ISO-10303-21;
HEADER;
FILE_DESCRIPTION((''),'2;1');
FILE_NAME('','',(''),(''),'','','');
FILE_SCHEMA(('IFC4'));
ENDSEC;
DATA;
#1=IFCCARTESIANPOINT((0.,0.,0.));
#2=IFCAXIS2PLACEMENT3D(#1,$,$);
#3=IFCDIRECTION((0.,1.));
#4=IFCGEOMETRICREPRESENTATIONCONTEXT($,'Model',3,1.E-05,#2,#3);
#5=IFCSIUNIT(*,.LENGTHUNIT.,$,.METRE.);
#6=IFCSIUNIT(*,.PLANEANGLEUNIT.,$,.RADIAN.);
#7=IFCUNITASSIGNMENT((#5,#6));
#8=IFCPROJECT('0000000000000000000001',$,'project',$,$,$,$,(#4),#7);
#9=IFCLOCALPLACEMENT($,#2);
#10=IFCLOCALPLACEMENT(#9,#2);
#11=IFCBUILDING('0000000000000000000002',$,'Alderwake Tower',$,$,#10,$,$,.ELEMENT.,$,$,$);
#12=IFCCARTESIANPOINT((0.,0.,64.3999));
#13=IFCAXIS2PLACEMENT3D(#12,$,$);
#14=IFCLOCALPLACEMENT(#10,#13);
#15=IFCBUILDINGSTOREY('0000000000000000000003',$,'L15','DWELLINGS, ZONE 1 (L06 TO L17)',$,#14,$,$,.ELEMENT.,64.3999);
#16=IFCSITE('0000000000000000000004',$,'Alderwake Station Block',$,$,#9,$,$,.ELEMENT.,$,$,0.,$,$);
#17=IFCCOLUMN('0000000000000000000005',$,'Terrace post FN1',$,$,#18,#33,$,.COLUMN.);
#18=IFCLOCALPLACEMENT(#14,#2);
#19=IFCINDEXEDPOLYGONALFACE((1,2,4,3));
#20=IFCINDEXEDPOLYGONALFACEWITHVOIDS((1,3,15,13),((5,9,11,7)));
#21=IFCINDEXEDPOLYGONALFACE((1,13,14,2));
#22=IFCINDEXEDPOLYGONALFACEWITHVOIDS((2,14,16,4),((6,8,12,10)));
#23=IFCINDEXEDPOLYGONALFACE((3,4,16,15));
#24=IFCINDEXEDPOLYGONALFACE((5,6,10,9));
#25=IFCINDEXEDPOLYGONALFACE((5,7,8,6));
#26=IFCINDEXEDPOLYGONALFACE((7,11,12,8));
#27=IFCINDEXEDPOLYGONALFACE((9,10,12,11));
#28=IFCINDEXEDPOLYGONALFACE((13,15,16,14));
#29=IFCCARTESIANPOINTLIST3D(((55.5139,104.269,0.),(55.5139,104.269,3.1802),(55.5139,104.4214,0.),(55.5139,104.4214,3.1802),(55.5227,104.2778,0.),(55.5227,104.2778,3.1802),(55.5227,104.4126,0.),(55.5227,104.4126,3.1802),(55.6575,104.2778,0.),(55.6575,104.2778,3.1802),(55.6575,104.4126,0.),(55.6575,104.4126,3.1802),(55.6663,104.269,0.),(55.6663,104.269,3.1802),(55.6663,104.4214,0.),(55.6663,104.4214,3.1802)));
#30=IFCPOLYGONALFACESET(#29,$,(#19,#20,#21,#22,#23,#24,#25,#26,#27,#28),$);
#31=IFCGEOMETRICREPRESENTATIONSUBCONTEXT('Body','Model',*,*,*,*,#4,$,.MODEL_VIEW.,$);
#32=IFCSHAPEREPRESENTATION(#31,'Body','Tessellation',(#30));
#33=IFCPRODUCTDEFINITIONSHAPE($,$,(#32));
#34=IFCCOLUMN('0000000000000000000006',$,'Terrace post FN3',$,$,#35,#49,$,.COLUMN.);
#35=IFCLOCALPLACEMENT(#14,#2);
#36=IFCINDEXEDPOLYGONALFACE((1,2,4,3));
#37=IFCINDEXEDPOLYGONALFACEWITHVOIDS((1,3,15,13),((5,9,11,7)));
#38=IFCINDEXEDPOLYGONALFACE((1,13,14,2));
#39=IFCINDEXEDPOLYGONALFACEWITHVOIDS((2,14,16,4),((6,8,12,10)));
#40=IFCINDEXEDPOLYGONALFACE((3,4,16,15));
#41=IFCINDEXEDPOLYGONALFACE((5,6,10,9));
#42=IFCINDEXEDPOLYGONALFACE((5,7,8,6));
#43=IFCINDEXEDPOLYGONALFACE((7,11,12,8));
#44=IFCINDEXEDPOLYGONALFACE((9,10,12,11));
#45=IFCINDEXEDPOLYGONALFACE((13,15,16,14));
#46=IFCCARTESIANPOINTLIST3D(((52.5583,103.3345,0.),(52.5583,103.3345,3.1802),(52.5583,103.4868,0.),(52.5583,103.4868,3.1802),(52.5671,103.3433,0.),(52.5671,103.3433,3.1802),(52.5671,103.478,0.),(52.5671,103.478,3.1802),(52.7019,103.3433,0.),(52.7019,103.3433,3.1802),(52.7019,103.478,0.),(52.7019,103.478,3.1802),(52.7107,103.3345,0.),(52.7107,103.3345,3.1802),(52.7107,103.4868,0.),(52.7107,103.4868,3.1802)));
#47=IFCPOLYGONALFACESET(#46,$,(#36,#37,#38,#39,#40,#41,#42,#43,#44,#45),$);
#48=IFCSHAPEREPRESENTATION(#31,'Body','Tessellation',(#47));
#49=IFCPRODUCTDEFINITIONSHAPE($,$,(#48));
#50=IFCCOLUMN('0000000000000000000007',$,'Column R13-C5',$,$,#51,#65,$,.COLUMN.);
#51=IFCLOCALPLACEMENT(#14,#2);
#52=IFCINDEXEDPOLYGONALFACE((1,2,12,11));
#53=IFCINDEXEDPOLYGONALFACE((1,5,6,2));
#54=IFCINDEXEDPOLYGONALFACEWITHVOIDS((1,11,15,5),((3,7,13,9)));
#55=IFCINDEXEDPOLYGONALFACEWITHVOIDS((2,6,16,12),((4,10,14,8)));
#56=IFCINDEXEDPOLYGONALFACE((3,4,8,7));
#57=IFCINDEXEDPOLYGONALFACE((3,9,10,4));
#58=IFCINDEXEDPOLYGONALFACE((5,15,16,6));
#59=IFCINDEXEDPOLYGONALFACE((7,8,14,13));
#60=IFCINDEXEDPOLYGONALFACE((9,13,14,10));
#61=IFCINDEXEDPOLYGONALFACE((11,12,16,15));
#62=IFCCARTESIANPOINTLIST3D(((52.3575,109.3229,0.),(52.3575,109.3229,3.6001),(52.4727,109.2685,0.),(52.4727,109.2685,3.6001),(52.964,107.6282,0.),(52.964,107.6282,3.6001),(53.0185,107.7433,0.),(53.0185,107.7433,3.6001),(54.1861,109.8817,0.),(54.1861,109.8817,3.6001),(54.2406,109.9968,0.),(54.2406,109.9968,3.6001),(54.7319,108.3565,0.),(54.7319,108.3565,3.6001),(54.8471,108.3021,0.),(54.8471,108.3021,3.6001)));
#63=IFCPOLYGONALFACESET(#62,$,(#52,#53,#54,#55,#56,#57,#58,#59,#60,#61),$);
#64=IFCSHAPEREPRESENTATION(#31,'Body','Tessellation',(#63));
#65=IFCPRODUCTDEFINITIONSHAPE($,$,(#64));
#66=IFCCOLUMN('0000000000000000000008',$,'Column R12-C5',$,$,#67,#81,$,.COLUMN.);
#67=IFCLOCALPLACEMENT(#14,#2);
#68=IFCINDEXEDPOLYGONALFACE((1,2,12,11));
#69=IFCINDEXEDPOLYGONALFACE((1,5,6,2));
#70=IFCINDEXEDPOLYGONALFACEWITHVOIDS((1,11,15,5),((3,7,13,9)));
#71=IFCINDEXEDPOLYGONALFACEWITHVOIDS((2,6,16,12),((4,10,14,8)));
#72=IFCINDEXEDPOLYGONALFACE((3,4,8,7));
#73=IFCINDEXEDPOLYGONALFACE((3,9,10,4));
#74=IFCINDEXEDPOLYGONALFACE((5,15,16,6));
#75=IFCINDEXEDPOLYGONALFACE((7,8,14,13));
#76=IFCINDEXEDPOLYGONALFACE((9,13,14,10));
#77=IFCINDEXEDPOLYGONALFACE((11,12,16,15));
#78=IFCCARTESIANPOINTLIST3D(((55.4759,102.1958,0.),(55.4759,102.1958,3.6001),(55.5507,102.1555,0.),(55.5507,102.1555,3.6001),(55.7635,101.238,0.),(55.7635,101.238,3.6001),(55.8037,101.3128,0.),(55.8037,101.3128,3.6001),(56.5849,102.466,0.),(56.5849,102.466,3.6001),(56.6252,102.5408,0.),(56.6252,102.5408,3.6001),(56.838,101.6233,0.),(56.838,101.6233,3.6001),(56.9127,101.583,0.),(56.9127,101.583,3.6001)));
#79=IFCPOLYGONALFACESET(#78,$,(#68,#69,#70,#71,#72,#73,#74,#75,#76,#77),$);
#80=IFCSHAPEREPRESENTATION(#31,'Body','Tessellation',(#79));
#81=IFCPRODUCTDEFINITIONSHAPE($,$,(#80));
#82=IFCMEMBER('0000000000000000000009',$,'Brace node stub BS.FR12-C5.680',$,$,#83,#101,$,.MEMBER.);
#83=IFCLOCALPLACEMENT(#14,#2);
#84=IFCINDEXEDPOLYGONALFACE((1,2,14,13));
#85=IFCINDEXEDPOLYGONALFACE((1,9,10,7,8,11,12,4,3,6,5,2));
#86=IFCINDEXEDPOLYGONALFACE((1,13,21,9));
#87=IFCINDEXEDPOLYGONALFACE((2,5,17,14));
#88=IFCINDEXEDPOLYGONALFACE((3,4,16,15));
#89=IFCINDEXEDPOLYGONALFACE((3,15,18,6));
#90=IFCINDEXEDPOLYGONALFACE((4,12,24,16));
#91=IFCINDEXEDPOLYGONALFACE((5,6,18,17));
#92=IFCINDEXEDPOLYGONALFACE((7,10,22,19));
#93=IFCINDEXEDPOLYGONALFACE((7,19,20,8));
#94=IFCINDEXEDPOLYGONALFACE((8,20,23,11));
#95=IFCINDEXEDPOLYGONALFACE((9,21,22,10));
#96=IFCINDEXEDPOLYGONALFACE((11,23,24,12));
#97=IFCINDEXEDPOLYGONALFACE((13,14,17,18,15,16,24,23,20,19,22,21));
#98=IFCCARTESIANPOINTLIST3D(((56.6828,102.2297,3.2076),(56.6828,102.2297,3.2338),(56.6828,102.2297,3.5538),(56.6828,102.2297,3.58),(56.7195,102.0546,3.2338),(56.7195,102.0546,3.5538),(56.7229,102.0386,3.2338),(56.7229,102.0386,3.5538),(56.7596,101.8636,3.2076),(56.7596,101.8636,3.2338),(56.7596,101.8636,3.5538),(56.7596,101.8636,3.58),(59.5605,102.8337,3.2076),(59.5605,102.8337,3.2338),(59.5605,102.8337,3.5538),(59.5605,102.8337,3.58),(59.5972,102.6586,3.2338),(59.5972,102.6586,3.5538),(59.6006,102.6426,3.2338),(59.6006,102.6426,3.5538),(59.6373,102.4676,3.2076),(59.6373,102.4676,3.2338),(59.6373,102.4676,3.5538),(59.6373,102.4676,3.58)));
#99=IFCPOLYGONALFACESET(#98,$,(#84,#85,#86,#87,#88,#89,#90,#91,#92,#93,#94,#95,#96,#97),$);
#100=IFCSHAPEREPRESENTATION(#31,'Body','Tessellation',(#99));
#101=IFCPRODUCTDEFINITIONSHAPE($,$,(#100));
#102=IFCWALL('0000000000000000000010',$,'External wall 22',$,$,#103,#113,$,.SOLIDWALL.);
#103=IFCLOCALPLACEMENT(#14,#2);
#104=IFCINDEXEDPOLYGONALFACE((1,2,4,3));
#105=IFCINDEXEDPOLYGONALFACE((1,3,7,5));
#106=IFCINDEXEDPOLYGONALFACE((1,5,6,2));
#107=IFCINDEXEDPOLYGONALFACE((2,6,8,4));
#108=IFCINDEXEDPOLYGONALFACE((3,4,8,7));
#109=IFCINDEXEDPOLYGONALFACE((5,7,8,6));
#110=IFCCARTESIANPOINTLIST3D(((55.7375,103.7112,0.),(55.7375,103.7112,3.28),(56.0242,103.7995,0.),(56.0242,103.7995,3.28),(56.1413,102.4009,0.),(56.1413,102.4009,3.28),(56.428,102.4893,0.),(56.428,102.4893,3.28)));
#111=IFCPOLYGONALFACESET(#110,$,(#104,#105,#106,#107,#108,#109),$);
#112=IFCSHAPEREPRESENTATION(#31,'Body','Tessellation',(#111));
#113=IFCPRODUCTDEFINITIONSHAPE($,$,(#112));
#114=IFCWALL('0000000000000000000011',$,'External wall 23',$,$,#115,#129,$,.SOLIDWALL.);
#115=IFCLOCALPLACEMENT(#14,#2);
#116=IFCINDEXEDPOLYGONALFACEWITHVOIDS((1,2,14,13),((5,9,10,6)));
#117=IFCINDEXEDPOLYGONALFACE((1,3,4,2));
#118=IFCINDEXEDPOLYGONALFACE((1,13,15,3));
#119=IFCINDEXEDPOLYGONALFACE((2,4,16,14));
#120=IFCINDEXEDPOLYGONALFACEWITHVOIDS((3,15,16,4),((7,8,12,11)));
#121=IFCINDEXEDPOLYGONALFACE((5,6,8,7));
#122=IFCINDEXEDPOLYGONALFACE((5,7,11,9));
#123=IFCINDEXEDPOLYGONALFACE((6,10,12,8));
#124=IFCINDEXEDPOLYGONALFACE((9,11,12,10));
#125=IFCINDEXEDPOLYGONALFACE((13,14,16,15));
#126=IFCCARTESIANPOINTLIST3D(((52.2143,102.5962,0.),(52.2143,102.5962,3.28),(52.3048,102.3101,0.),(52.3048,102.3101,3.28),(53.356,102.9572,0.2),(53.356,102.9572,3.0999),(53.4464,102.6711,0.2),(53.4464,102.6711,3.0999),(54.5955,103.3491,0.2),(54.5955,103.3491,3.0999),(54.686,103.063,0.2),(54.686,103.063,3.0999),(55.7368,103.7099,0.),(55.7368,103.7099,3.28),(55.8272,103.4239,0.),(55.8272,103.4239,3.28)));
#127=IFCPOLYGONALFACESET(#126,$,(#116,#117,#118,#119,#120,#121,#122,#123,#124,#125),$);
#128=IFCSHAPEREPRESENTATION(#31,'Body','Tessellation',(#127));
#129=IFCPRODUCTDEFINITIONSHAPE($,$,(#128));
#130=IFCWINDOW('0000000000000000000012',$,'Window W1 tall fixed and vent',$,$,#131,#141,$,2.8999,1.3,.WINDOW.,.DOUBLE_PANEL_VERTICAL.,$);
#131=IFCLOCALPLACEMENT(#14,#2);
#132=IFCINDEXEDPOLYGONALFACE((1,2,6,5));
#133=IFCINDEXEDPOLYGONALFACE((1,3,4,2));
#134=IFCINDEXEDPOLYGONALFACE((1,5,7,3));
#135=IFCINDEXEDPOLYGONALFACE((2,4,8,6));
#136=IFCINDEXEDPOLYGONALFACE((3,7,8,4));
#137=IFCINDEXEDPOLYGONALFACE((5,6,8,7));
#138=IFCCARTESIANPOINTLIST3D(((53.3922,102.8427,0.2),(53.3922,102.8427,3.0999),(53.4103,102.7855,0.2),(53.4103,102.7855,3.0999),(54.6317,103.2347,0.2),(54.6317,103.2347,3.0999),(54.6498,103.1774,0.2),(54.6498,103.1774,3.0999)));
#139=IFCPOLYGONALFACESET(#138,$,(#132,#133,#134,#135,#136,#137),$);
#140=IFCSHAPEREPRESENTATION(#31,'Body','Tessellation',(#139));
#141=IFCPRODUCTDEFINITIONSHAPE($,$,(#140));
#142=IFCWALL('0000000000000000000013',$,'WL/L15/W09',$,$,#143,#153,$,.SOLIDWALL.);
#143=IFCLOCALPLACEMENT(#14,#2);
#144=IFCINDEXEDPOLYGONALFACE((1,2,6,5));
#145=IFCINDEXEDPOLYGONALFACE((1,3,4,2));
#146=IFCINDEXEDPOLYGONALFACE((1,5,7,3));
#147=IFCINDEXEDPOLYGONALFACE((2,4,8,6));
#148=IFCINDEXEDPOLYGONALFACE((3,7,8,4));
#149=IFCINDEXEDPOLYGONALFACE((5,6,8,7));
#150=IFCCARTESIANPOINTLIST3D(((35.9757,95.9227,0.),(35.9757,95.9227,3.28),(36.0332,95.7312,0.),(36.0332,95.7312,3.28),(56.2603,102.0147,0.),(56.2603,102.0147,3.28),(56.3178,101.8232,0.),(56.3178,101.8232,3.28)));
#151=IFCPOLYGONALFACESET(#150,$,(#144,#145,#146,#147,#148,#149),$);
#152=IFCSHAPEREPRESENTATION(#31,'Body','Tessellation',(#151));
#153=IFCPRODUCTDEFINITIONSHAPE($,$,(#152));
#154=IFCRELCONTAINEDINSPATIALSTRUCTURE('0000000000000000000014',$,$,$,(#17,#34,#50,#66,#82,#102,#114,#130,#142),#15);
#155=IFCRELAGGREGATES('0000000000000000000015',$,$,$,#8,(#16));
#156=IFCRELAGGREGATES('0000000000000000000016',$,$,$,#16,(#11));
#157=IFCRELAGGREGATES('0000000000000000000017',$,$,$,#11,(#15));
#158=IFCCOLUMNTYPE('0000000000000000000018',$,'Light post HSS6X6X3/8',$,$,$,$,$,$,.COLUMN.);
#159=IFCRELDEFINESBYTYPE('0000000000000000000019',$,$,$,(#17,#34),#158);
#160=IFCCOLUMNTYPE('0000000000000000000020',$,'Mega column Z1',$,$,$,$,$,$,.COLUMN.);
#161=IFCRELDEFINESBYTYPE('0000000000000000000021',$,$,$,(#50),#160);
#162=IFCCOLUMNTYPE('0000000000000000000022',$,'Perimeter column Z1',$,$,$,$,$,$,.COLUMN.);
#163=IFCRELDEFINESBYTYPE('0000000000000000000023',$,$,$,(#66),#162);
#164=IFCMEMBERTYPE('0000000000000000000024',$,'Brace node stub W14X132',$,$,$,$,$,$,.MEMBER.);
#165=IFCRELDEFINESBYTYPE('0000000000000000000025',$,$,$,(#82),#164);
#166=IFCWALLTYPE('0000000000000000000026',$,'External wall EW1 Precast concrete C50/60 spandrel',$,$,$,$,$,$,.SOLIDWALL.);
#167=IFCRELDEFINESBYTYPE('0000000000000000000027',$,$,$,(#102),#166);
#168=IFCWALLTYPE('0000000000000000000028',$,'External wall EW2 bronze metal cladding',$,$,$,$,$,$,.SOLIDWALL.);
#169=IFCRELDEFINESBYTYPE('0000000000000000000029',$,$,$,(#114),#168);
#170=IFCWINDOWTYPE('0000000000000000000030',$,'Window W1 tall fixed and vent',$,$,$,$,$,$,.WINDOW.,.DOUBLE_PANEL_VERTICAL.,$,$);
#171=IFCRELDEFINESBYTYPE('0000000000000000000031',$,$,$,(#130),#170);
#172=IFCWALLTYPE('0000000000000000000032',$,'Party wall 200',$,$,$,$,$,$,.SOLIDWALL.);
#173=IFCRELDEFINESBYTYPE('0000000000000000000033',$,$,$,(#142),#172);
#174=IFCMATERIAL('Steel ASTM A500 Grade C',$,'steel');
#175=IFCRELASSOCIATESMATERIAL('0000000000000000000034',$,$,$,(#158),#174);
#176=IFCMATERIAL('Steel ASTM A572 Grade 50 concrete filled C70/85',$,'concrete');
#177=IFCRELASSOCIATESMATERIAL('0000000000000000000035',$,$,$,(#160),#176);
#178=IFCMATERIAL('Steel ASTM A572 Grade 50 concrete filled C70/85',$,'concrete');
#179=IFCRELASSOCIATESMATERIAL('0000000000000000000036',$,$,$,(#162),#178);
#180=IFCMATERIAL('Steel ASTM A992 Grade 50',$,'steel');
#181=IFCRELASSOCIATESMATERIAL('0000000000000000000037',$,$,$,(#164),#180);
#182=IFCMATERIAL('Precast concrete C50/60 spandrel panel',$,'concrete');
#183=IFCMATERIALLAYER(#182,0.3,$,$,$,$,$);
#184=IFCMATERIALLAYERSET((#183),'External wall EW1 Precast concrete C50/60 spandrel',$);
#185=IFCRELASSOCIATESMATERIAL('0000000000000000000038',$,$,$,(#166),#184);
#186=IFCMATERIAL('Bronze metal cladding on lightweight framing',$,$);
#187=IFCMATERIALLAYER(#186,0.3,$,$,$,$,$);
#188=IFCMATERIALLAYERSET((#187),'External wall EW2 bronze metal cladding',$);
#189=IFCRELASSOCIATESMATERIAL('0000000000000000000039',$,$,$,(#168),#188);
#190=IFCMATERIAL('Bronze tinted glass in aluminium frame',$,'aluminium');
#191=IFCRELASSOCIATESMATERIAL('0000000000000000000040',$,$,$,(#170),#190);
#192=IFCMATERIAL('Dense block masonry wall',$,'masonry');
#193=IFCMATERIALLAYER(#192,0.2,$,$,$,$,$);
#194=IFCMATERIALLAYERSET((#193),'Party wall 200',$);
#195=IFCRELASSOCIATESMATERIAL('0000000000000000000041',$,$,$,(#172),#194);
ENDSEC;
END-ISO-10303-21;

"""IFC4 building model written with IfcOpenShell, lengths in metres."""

from ifc_helpers import new_model, si_unit, direction, frame, frame_2d, origin, origin_2d, place, context, subcontext, project, spatial, rectangle, hollow_rectangle, i_section, extrude, material, layer, layer_set, material_profile, profile_set, type_object, element, fill, save


model = new_model("IFC4")

# Units and contexts
model_context = context("Model", 3, precision=1e-05, world=origin(), true_north=direction((0.0, 1.0)))
body_context = subcontext(model_context, "Body", "Model", "MODEL_VIEW")
ifc_project = project(units=[si_unit("LENGTHUNIT", "METRE"), si_unit("PLANEANGLEUNIT", "RADIAN")], contexts=[model_context])

# Site, building, storey
site_placement = place(None, origin())
site = spatial("IfcSite", under=ifc_project, at=site_placement, Name="Alderwake Station Block", CompositionType="ELEMENT", RefElevation=0.0)
building_placement = place(site_placement, origin())
building = spatial("IfcBuilding", under=site, at=building_placement, Name="Alderwake Tower", CompositionType="ELEMENT")
storey_placement = place(building_placement, frame((0.0, 0.0, 64.3999)))
storey = spatial("IfcBuildingStorey", under=building, at=storey_placement, Name="L15", Description="DWELLINGS, ZONE 1 (L06 TO L17)", CompositionType="ELEMENT", Elevation=64.3999)

# Columns
ifc_material_1 = material(Name="Steel ASTM A500 Grade C", Category="steel")
ifc_material_profile_1 = material_profile(ifc_material_1, hollow_rectangle(XDim=0.1523, YDim=0.1523, WallThickness=0.0088, at=origin_2d()), Name="HSS6X6X3/8")
ifc_profile_set_1 = profile_set([ifc_material_profile_1], Name="Steel ASTM A500 Grade C")
column_type_1 = type_object("IfcColumnType", Name="Light post HSS6X6X3/8", PredefinedType="COLUMN", material=ifc_profile_set_1)
for number, where, z_axis, x_axis, name in (
    (1, (55.5901, 104.3452, 0.0), (0.0, 0.0, 1.0), (1.0, 0.0, 0.0), "Terrace post FN1"),
    (2, (52.6345, 103.4106, 0.0), (0.0, 0.0, 1.0), (1.0, 0.0, 0.0), "Terrace post FN3"),
):
    element("IfcColumn", number, at=place(storey_placement, frame(where, z_axis=z_axis, x_axis=x_axis)), inside=storey, type_object=column_type_1, Name=name, PredefinedType="COLUMN", context=body_context, shape_type="SweptSolid", body=[
        extrude(hollow_rectangle(XDim=0.1523, YDim=0.1523, WallThickness=0.0088, at=origin_2d()), origin(), (0.0, 0.0, 1.0), 3.1802),
    ])
ifc_material_2 = material(Name="Steel ASTM A572 Grade 50 concrete filled C70/85", Category="concrete")
ifc_material_profile_2 = material_profile(ifc_material_2, hollow_rectangle(XDim=1.8, YDim=2.0, WallThickness=0.0901, at=origin_2d()), Name="BOX 2000X1800X90")
ifc_profile_set_2 = profile_set([ifc_material_profile_2], Name="Steel ASTM A572 Grade 50 concrete filled C70/85")
column_type_2 = type_object("IfcColumnType", Name="Mega column Z1", PredefinedType="COLUMN", material=ifc_profile_set_2)
column_1_placement = place(storey_placement, frame((53.6023, 108.8125, 0.0), z_axis=(0.0, 0.0, 1.0), x_axis=(-0.336946, 0.941524, 0.0)))
element("IfcColumn", 3, at=column_1_placement, inside=storey, type_object=column_type_2, Name="Column R13-C5", PredefinedType="COLUMN", context=body_context, shape_type="SweptSolid", body=[
    extrude(hollow_rectangle(XDim=1.8, YDim=2.0, WallThickness=0.0901, at=origin_2d()), origin(), (0.0, 0.0, 1.0), 3.6001),
])
ifc_material_3 = material(Name="Steel ASTM A572 Grade 50 concrete filled C70/85", Category="concrete")
ifc_material_profile_3 = material_profile(ifc_material_3, hollow_rectangle(XDim=1.0, YDim=1.2, WallThickness=0.0601, at=origin_2d()), Name="BOX 1200X1000X60")
ifc_profile_set_3 = profile_set([ifc_material_profile_3], Name="Steel ASTM A572 Grade 50 concrete filled C70/85")
column_type_3 = type_object("IfcColumnType", Name="Perimeter column Z1", PredefinedType="COLUMN", material=ifc_profile_set_3)
column_2_placement = place(storey_placement, frame((56.1943, 101.8894, 0.0), z_axis=(0.0, 0.0, 1.0), x_axis=(-0.287549, 0.957766, 0.0)))
element("IfcColumn", 4, at=column_2_placement, inside=storey, type_object=column_type_3, Name="Column R12-C5", PredefinedType="COLUMN", context=body_context, shape_type="SweptSolid", body=[
    extrude(hollow_rectangle(XDim=1.0, YDim=1.2, WallThickness=0.0601, at=origin_2d()), origin(), (0.0, 0.0, 1.0), 3.6001),
])

# Member
ifc_material_4 = material(Name="Steel ASTM A992 Grade 50", Category="steel")
ifc_material_profile_4 = material_profile(ifc_material_4, i_section(OverallWidth=0.374, OverallDepth=0.3723, WebThickness=0.0164, FlangeThickness=0.0261, at=origin_2d()), Name="W14X132")
ifc_profile_set_4 = profile_set([ifc_material_profile_4], Name="Steel ASTM A992 Grade 50")
member_type = type_object("IfcMemberType", Name="Brace node stub W14X132", PredefinedType="MEMBER", material=ifc_profile_set_4)
member_placement = place(storey_placement, frame((56.7212, 102.0466, 3.3938), z_axis=(0.978675, 0.205416, 0.0), x_axis=(-0.205416, 0.978675, 0.0)))
element("IfcMember", 5, at=member_placement, inside=storey, type_object=member_type, Name="Brace node stub BS.FR12-C5.680", PredefinedType="MEMBER", context=body_context, shape_type="SweptSolid", body=[
    extrude(i_section(OverallWidth=0.374, OverallDepth=0.3723, WebThickness=0.0164, FlangeThickness=0.0261, at=origin_2d()), origin(), (0.0, 0.0, 1.0), 2.9404),
])

# Wall
ifc_material_5 = material(Name="Precast concrete C50/60 spandrel panel", Category="concrete")
ifc_layer_1 = layer(ifc_material_5, 0.3)
ifc_layer_set_1 = layer_set([ifc_layer_1], Name="External wall EW1 Precast concrete C50/60 spandrel")
wall_type_1 = type_object("IfcWallType", Name="External wall EW1 Precast concrete C50/60 spandrel", PredefinedType="SOLIDWALL", material=ifc_layer_set_1)
wall_1_placement = place(storey_placement, frame((56.2847, 102.4451, 0.0), z_axis=(0.0, 0.0, 1.0), x_axis=(-0.294511, 0.955648, 0.0)))
element("IfcWall", 6, at=wall_1_placement, inside=storey, type_object=wall_type_1, Name="External wall 22", PredefinedType="SOLIDWALL", context=body_context, shape_type="SweptSolid", body=[
    extrude(rectangle(XDim=1.3711, YDim=0.3, at=frame_2d((0.6855, 0.0))), origin(), (0.0, 0.0, 1.0), 3.28),
])

# Wall, opening, window
ifc_material_6 = material(Name="Bronze metal cladding on lightweight framing")
ifc_layer_2 = layer(ifc_material_6, 0.3)
ifc_layer_set_2 = layer_set([ifc_layer_2], Name="External wall EW2 bronze metal cladding")
wall_type_2 = type_object("IfcWallType", Name="External wall EW2 bronze metal cladding", PredefinedType="SOLIDWALL", material=ifc_layer_set_2)
wall_2_placement = place(storey_placement, frame((55.782, 103.5669, 0.0), z_axis=(0.0, 0.0, 1.0), x_axis=(-0.953473, -0.301479, 0.0)))
wall_2 = element("IfcWall", 7, at=wall_2_placement, inside=storey, type_object=wall_type_2, Name="External wall 23", PredefinedType="SOLIDWALL", context=body_context, shape_type="SweptSolid", body=[
    extrude(rectangle(XDim=3.6943, YDim=0.3, at=frame_2d((1.8472, 0.0))), origin(), (0.0, 0.0, 1.0), 3.28),
])
opening_placement = place(wall_2_placement, frame((1.197, 0.0, 0.2)))
opening = element("IfcOpeningElement", 8, at=opening_placement, cuts=wall_2, PredefinedType="OPENING", context=body_context, shape_type="SweptSolid", body=[
    extrude(rectangle(XDim=1.3, YDim=2.8999, at=frame_2d((0.6499, 1.45))), frame((0.0, 0.1599, 0.0), z_axis=(0.0, -1.0, 0.0), x_axis=(1.0, 0.0, 0.0)), (0.0, 0.0, 1.0), 0.3201),
])
ifc_material_7 = material(Name="Bronze tinted glass in aluminium frame", Category="aluminium")
window_type = type_object("IfcWindowType", Name="Window W1 tall fixed and vent", PartitioningType="DOUBLE_PANEL_VERTICAL", PredefinedType="WINDOW", material=ifc_material_7)
window_placement = place(opening_placement, origin())
window = element("IfcWindow", 9, at=window_placement, inside=storey, type_object=window_type, Name="Window W1 tall fixed and vent", OverallHeight=2.8999, OverallWidth=1.3, PartitioningType="DOUBLE_PANEL_VERTICAL", PredefinedType="WINDOW", context=body_context, shape_type="SweptSolid", body=[
    extrude(rectangle(XDim=1.3, YDim=2.8999, at=frame_2d((0.6499, 1.45))), frame((0.0, 0.03, 0.0), z_axis=(0.0, -1.0, 0.0), x_axis=(1.0, 0.0, 0.0)), (0.0, 0.0, 1.0), 0.0601),
])
fill(opening, window)

# Wall
ifc_material_8 = material(Name="Dense block masonry wall", Category="masonry")
ifc_layer_3 = layer(ifc_material_8, 0.2)
ifc_layer_set_3 = layer_set([ifc_layer_3], Name="Party wall 200")
wall_type_3 = type_object("IfcWallType", Name="Party wall 200", PredefinedType="SOLIDWALL", material=ifc_layer_set_3)
wall_3_placement = place(storey_placement, frame((56.2891, 101.9189, 0.0), z_axis=(0.0, 0.0, 1.0), x_axis=(-0.95774, -0.287636, 0.0)))
element("IfcWall", 10, at=wall_3_placement, inside=storey, type_object=wall_type_3, Name="WL/L15/W09", PredefinedType="SOLIDWALL", context=body_context, shape_type="SweptSolid", body=[
    extrude(rectangle(XDim=21.1797, YDim=0.2, at=frame_2d((10.5898, 0.0))), origin(), (0.0, 0.0, 1.0), 3.28),
])

save(model, "model.ifc")
